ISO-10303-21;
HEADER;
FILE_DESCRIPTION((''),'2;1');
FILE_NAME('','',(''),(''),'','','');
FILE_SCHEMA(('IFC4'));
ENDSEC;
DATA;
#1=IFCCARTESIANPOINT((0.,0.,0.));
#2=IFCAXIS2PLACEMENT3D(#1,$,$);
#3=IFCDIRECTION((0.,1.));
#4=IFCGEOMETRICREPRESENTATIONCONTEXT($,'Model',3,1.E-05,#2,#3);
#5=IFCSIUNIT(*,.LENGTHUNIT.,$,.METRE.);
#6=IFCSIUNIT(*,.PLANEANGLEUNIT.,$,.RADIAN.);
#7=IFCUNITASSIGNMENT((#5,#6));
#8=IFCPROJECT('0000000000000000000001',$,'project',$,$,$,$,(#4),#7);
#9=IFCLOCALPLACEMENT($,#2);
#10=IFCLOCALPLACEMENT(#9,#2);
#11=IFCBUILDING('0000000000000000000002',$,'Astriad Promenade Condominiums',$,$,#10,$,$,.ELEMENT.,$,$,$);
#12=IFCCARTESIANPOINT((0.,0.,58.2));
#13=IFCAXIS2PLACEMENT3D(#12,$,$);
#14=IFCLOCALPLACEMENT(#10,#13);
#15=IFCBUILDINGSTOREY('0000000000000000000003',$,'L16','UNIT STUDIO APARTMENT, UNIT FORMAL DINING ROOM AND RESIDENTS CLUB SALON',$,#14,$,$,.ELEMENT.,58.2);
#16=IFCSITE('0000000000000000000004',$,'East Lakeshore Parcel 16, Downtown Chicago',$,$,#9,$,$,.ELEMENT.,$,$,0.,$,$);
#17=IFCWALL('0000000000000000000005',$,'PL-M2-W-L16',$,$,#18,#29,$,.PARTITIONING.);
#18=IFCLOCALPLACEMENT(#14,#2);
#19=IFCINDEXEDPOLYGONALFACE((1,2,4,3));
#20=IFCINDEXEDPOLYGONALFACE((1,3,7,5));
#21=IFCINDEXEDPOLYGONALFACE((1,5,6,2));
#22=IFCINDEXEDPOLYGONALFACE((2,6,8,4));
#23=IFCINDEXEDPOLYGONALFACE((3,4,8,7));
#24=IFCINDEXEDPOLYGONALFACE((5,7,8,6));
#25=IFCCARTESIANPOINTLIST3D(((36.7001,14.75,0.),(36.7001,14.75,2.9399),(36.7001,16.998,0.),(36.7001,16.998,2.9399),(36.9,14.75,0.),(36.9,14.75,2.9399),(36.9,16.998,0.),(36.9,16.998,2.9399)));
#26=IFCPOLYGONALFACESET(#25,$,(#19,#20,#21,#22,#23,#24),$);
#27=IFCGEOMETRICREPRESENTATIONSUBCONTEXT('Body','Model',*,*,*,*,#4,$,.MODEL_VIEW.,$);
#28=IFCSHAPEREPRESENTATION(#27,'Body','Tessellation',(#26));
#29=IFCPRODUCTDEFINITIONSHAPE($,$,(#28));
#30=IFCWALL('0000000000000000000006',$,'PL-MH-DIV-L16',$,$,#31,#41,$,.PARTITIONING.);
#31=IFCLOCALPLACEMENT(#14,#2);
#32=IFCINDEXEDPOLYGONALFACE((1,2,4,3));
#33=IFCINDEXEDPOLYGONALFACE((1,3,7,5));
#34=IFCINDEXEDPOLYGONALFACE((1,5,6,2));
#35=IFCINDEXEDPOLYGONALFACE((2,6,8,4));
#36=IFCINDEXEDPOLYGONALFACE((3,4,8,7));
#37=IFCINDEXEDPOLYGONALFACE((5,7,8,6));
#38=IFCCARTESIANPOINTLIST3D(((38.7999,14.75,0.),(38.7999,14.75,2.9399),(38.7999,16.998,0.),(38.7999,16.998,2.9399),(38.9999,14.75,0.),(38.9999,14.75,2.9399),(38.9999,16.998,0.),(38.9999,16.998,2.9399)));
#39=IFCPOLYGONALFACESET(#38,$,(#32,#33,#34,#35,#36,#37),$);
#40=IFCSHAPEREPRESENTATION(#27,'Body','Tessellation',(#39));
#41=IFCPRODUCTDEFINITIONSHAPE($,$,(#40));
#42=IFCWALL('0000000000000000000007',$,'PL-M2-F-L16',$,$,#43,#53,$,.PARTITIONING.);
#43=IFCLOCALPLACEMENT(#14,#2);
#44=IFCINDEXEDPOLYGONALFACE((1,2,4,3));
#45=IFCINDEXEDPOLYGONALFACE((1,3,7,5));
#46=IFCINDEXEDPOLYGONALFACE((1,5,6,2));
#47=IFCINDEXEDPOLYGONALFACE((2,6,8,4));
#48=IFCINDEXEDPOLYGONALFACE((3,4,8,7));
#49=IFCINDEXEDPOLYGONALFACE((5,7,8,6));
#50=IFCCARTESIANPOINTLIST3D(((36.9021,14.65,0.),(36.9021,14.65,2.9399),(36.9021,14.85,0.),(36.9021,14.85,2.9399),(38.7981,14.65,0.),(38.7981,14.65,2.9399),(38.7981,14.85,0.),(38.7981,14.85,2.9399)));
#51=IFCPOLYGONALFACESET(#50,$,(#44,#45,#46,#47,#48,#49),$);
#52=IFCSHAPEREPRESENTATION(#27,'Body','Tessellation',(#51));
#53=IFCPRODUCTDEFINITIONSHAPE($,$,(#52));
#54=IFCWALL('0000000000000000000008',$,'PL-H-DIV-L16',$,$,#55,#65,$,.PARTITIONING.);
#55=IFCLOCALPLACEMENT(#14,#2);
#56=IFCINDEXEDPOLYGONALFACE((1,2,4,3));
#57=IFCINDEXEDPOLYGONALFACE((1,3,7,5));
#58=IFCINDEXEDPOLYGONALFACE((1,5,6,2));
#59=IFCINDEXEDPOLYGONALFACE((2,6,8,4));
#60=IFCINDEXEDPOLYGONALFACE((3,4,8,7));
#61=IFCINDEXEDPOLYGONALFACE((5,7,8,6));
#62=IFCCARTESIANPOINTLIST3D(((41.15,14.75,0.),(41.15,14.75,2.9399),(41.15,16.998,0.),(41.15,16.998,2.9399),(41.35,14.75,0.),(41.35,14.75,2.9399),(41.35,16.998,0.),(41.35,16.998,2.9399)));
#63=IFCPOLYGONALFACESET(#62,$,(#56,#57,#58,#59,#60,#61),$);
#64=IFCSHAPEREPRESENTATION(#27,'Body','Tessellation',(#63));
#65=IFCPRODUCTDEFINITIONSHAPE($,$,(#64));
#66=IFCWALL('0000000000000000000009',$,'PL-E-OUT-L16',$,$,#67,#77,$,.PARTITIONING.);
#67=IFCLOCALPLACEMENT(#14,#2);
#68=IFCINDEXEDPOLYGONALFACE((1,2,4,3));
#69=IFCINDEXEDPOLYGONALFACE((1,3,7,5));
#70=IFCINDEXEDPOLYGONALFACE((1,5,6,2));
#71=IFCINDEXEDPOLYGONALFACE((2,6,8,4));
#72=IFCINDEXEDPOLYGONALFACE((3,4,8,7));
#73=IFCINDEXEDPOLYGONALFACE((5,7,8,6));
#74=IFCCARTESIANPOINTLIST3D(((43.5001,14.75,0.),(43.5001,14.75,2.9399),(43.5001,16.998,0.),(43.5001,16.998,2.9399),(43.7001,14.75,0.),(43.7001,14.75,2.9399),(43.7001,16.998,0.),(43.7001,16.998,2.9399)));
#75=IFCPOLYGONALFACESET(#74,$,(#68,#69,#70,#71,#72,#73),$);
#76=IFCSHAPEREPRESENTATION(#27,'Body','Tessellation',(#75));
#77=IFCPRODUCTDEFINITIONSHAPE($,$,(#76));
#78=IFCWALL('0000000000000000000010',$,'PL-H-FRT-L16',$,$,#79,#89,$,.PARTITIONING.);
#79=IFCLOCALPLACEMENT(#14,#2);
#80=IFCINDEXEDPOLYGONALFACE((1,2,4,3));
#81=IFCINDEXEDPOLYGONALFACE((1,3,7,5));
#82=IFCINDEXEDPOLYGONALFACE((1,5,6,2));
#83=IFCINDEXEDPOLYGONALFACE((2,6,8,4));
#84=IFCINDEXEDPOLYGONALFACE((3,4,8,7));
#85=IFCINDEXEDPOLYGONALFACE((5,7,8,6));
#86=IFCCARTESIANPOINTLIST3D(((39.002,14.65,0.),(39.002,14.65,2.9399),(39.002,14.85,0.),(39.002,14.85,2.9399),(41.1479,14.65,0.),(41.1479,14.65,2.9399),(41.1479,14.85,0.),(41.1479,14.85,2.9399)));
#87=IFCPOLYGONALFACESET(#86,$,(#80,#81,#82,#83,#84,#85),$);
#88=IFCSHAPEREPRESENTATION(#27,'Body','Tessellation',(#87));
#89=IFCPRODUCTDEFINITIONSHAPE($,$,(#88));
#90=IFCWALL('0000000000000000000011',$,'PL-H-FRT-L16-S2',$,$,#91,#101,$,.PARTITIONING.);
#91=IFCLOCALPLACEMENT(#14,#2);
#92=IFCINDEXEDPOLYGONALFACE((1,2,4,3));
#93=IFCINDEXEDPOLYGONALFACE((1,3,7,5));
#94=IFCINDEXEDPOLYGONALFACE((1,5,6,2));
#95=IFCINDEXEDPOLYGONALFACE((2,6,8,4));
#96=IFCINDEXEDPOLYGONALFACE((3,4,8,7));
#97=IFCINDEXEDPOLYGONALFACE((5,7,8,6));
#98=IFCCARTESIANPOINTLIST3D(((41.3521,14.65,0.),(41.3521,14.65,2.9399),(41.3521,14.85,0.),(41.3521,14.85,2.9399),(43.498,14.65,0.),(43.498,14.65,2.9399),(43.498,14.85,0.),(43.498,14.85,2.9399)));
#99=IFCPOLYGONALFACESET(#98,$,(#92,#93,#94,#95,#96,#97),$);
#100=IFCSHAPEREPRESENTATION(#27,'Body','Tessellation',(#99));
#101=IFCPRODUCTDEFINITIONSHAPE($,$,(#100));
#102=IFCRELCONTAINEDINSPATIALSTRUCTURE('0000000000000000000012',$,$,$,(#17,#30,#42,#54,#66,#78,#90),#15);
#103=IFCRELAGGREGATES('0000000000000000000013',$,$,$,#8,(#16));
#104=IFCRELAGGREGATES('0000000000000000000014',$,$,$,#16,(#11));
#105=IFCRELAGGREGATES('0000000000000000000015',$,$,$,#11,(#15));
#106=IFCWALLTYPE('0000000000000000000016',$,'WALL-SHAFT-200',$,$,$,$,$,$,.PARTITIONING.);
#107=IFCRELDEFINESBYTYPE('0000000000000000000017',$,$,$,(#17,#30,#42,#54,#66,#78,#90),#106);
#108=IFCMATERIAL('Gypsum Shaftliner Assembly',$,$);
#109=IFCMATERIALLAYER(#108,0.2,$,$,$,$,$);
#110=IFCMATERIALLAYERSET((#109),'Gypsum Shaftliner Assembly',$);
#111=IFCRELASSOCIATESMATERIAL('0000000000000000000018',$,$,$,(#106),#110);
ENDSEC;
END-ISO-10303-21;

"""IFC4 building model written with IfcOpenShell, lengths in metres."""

from ifc_helpers import new_model, si_unit, direction, frame, frame_2d, origin, place, context, subcontext, project, spatial, rectangle, extrude, material, layer, layer_set, type_object, element, save


model = new_model("IFC4")

# Units and contexts
model_context = context("Model", 3, precision=1e-05, world=origin(), true_north=direction((0.0, 1.0)))
body_context = subcontext(model_context, "Body", "Model", "MODEL_VIEW")
ifc_project = project(units=[si_unit("LENGTHUNIT", "METRE"), si_unit("PLANEANGLEUNIT", "RADIAN")], contexts=[model_context])

# Site, building, storey
site_placement = place(None, origin())
site = spatial("IfcSite", under=ifc_project, at=site_placement, Name="East Lakeshore Parcel 16, Downtown Chicago", CompositionType="ELEMENT", RefElevation=0.0)
building_placement = place(site_placement, origin())
building = spatial("IfcBuilding", under=site, at=building_placement, Name="Astriad Promenade Condominiums", CompositionType="ELEMENT")
storey_placement = place(building_placement, frame((0.0, 0.0, 58.2)))
storey = spatial("IfcBuildingStorey", under=building, at=storey_placement, Name="L16", Description="UNIT STUDIO APARTMENT, UNIT FORMAL DINING ROOM AND RESIDENTS CLUB SALON", CompositionType="ELEMENT", Elevation=58.2)

# Walls
ifc_material_1 = material(Name="Gypsum Shaftliner Assembly")
ifc_layer_1 = layer(ifc_material_1, 0.2)
ifc_layer_set_1 = layer_set([ifc_layer_1], Name="Gypsum Shaftliner Assembly")
wall_type_1 = type_object("IfcWallType", Name="WALL-SHAFT-200", PredefinedType="PARTITIONING", material=ifc_layer_set_1)
for number, where, z_axis, x_axis, name in (
    (1, (36.8, 14.75, 0.0), (0.0, 0.0, 1.0), (0.0, 1.0, 0.0), "PL-M2-W-L16"),
    (2, (38.8999, 14.75, 0.0), (0.0, 0.0, 1.0), (0.0, 1.0, 0.0), "PL-MH-DIV-L16"),
):
    element("IfcWall", number, at=place(storey_placement, frame(where, z_axis=z_axis, x_axis=x_axis)), inside=storey, type_object=wall_type_1, Name=name, PredefinedType="PARTITIONING", context=body_context, shape_type="SweptSolid", body=[
        extrude(rectangle(XDim=2.248, YDim=0.2, at=frame_2d((1.124, 0.0))), origin(), (0.0, 0.0, 1.0), 2.9399),
    ])
wall_1_placement = place(storey_placement, frame((36.9021, 14.75, 0.0), z_axis=(0.0, 0.0, 1.0), x_axis=(1.0, 0.0, 0.0)))
element("IfcWall", 3, at=wall_1_placement, inside=storey, type_object=wall_type_1, Name="PL-M2-F-L16", PredefinedType="PARTITIONING", context=body_context, shape_type="SweptSolid", body=[
    extrude(rectangle(XDim=1.896, YDim=0.2, at=frame_2d((0.948, 0.0))), origin(), (0.0, 0.0, 1.0), 2.9399),
])
for number, where, z_axis, x_axis, name in (
    (4, (41.25, 14.75, 0.0), (0.0, 0.0, 1.0), (0.0, 1.0, 0.0), "PL-H-DIV-L16"),
    (5, (43.6001, 14.75, 0.0), (0.0, 0.0, 1.0), (0.0, 1.0, 0.0), "PL-E-OUT-L16"),
):
    element("IfcWall", number, at=place(storey_placement, frame(where, z_axis=z_axis, x_axis=x_axis)), inside=storey, type_object=wall_type_1, Name=name, PredefinedType="PARTITIONING", context=body_context, shape_type="SweptSolid", body=[
        extrude(rectangle(XDim=2.248, YDim=0.2, at=frame_2d((1.124, 0.0))), origin(), (0.0, 0.0, 1.0), 2.9399),
    ])
for number, where, z_axis, x_axis, name in (
    (6, (39.002, 14.75, 0.0), (0.0, 0.0, 1.0), (1.0, 0.0, 0.0), "PL-H-FRT-L16"),
    (7, (41.3521, 14.75, 0.0), (0.0, 0.0, 1.0), (1.0, 0.0, 0.0), "PL-H-FRT-L16-S2"),
):
    element("IfcWall", number, at=place(storey_placement, frame(where, z_axis=z_axis, x_axis=x_axis)), inside=storey, type_object=wall_type_1, Name=name, PredefinedType="PARTITIONING", context=body_context, shape_type="SweptSolid", body=[
        extrude(rectangle(XDim=2.146, YDim=0.2, at=frame_2d((1.073, 0.0))), origin(), (0.0, 0.0, 1.0), 2.9399),
    ])

save(model, "model.ifc")
